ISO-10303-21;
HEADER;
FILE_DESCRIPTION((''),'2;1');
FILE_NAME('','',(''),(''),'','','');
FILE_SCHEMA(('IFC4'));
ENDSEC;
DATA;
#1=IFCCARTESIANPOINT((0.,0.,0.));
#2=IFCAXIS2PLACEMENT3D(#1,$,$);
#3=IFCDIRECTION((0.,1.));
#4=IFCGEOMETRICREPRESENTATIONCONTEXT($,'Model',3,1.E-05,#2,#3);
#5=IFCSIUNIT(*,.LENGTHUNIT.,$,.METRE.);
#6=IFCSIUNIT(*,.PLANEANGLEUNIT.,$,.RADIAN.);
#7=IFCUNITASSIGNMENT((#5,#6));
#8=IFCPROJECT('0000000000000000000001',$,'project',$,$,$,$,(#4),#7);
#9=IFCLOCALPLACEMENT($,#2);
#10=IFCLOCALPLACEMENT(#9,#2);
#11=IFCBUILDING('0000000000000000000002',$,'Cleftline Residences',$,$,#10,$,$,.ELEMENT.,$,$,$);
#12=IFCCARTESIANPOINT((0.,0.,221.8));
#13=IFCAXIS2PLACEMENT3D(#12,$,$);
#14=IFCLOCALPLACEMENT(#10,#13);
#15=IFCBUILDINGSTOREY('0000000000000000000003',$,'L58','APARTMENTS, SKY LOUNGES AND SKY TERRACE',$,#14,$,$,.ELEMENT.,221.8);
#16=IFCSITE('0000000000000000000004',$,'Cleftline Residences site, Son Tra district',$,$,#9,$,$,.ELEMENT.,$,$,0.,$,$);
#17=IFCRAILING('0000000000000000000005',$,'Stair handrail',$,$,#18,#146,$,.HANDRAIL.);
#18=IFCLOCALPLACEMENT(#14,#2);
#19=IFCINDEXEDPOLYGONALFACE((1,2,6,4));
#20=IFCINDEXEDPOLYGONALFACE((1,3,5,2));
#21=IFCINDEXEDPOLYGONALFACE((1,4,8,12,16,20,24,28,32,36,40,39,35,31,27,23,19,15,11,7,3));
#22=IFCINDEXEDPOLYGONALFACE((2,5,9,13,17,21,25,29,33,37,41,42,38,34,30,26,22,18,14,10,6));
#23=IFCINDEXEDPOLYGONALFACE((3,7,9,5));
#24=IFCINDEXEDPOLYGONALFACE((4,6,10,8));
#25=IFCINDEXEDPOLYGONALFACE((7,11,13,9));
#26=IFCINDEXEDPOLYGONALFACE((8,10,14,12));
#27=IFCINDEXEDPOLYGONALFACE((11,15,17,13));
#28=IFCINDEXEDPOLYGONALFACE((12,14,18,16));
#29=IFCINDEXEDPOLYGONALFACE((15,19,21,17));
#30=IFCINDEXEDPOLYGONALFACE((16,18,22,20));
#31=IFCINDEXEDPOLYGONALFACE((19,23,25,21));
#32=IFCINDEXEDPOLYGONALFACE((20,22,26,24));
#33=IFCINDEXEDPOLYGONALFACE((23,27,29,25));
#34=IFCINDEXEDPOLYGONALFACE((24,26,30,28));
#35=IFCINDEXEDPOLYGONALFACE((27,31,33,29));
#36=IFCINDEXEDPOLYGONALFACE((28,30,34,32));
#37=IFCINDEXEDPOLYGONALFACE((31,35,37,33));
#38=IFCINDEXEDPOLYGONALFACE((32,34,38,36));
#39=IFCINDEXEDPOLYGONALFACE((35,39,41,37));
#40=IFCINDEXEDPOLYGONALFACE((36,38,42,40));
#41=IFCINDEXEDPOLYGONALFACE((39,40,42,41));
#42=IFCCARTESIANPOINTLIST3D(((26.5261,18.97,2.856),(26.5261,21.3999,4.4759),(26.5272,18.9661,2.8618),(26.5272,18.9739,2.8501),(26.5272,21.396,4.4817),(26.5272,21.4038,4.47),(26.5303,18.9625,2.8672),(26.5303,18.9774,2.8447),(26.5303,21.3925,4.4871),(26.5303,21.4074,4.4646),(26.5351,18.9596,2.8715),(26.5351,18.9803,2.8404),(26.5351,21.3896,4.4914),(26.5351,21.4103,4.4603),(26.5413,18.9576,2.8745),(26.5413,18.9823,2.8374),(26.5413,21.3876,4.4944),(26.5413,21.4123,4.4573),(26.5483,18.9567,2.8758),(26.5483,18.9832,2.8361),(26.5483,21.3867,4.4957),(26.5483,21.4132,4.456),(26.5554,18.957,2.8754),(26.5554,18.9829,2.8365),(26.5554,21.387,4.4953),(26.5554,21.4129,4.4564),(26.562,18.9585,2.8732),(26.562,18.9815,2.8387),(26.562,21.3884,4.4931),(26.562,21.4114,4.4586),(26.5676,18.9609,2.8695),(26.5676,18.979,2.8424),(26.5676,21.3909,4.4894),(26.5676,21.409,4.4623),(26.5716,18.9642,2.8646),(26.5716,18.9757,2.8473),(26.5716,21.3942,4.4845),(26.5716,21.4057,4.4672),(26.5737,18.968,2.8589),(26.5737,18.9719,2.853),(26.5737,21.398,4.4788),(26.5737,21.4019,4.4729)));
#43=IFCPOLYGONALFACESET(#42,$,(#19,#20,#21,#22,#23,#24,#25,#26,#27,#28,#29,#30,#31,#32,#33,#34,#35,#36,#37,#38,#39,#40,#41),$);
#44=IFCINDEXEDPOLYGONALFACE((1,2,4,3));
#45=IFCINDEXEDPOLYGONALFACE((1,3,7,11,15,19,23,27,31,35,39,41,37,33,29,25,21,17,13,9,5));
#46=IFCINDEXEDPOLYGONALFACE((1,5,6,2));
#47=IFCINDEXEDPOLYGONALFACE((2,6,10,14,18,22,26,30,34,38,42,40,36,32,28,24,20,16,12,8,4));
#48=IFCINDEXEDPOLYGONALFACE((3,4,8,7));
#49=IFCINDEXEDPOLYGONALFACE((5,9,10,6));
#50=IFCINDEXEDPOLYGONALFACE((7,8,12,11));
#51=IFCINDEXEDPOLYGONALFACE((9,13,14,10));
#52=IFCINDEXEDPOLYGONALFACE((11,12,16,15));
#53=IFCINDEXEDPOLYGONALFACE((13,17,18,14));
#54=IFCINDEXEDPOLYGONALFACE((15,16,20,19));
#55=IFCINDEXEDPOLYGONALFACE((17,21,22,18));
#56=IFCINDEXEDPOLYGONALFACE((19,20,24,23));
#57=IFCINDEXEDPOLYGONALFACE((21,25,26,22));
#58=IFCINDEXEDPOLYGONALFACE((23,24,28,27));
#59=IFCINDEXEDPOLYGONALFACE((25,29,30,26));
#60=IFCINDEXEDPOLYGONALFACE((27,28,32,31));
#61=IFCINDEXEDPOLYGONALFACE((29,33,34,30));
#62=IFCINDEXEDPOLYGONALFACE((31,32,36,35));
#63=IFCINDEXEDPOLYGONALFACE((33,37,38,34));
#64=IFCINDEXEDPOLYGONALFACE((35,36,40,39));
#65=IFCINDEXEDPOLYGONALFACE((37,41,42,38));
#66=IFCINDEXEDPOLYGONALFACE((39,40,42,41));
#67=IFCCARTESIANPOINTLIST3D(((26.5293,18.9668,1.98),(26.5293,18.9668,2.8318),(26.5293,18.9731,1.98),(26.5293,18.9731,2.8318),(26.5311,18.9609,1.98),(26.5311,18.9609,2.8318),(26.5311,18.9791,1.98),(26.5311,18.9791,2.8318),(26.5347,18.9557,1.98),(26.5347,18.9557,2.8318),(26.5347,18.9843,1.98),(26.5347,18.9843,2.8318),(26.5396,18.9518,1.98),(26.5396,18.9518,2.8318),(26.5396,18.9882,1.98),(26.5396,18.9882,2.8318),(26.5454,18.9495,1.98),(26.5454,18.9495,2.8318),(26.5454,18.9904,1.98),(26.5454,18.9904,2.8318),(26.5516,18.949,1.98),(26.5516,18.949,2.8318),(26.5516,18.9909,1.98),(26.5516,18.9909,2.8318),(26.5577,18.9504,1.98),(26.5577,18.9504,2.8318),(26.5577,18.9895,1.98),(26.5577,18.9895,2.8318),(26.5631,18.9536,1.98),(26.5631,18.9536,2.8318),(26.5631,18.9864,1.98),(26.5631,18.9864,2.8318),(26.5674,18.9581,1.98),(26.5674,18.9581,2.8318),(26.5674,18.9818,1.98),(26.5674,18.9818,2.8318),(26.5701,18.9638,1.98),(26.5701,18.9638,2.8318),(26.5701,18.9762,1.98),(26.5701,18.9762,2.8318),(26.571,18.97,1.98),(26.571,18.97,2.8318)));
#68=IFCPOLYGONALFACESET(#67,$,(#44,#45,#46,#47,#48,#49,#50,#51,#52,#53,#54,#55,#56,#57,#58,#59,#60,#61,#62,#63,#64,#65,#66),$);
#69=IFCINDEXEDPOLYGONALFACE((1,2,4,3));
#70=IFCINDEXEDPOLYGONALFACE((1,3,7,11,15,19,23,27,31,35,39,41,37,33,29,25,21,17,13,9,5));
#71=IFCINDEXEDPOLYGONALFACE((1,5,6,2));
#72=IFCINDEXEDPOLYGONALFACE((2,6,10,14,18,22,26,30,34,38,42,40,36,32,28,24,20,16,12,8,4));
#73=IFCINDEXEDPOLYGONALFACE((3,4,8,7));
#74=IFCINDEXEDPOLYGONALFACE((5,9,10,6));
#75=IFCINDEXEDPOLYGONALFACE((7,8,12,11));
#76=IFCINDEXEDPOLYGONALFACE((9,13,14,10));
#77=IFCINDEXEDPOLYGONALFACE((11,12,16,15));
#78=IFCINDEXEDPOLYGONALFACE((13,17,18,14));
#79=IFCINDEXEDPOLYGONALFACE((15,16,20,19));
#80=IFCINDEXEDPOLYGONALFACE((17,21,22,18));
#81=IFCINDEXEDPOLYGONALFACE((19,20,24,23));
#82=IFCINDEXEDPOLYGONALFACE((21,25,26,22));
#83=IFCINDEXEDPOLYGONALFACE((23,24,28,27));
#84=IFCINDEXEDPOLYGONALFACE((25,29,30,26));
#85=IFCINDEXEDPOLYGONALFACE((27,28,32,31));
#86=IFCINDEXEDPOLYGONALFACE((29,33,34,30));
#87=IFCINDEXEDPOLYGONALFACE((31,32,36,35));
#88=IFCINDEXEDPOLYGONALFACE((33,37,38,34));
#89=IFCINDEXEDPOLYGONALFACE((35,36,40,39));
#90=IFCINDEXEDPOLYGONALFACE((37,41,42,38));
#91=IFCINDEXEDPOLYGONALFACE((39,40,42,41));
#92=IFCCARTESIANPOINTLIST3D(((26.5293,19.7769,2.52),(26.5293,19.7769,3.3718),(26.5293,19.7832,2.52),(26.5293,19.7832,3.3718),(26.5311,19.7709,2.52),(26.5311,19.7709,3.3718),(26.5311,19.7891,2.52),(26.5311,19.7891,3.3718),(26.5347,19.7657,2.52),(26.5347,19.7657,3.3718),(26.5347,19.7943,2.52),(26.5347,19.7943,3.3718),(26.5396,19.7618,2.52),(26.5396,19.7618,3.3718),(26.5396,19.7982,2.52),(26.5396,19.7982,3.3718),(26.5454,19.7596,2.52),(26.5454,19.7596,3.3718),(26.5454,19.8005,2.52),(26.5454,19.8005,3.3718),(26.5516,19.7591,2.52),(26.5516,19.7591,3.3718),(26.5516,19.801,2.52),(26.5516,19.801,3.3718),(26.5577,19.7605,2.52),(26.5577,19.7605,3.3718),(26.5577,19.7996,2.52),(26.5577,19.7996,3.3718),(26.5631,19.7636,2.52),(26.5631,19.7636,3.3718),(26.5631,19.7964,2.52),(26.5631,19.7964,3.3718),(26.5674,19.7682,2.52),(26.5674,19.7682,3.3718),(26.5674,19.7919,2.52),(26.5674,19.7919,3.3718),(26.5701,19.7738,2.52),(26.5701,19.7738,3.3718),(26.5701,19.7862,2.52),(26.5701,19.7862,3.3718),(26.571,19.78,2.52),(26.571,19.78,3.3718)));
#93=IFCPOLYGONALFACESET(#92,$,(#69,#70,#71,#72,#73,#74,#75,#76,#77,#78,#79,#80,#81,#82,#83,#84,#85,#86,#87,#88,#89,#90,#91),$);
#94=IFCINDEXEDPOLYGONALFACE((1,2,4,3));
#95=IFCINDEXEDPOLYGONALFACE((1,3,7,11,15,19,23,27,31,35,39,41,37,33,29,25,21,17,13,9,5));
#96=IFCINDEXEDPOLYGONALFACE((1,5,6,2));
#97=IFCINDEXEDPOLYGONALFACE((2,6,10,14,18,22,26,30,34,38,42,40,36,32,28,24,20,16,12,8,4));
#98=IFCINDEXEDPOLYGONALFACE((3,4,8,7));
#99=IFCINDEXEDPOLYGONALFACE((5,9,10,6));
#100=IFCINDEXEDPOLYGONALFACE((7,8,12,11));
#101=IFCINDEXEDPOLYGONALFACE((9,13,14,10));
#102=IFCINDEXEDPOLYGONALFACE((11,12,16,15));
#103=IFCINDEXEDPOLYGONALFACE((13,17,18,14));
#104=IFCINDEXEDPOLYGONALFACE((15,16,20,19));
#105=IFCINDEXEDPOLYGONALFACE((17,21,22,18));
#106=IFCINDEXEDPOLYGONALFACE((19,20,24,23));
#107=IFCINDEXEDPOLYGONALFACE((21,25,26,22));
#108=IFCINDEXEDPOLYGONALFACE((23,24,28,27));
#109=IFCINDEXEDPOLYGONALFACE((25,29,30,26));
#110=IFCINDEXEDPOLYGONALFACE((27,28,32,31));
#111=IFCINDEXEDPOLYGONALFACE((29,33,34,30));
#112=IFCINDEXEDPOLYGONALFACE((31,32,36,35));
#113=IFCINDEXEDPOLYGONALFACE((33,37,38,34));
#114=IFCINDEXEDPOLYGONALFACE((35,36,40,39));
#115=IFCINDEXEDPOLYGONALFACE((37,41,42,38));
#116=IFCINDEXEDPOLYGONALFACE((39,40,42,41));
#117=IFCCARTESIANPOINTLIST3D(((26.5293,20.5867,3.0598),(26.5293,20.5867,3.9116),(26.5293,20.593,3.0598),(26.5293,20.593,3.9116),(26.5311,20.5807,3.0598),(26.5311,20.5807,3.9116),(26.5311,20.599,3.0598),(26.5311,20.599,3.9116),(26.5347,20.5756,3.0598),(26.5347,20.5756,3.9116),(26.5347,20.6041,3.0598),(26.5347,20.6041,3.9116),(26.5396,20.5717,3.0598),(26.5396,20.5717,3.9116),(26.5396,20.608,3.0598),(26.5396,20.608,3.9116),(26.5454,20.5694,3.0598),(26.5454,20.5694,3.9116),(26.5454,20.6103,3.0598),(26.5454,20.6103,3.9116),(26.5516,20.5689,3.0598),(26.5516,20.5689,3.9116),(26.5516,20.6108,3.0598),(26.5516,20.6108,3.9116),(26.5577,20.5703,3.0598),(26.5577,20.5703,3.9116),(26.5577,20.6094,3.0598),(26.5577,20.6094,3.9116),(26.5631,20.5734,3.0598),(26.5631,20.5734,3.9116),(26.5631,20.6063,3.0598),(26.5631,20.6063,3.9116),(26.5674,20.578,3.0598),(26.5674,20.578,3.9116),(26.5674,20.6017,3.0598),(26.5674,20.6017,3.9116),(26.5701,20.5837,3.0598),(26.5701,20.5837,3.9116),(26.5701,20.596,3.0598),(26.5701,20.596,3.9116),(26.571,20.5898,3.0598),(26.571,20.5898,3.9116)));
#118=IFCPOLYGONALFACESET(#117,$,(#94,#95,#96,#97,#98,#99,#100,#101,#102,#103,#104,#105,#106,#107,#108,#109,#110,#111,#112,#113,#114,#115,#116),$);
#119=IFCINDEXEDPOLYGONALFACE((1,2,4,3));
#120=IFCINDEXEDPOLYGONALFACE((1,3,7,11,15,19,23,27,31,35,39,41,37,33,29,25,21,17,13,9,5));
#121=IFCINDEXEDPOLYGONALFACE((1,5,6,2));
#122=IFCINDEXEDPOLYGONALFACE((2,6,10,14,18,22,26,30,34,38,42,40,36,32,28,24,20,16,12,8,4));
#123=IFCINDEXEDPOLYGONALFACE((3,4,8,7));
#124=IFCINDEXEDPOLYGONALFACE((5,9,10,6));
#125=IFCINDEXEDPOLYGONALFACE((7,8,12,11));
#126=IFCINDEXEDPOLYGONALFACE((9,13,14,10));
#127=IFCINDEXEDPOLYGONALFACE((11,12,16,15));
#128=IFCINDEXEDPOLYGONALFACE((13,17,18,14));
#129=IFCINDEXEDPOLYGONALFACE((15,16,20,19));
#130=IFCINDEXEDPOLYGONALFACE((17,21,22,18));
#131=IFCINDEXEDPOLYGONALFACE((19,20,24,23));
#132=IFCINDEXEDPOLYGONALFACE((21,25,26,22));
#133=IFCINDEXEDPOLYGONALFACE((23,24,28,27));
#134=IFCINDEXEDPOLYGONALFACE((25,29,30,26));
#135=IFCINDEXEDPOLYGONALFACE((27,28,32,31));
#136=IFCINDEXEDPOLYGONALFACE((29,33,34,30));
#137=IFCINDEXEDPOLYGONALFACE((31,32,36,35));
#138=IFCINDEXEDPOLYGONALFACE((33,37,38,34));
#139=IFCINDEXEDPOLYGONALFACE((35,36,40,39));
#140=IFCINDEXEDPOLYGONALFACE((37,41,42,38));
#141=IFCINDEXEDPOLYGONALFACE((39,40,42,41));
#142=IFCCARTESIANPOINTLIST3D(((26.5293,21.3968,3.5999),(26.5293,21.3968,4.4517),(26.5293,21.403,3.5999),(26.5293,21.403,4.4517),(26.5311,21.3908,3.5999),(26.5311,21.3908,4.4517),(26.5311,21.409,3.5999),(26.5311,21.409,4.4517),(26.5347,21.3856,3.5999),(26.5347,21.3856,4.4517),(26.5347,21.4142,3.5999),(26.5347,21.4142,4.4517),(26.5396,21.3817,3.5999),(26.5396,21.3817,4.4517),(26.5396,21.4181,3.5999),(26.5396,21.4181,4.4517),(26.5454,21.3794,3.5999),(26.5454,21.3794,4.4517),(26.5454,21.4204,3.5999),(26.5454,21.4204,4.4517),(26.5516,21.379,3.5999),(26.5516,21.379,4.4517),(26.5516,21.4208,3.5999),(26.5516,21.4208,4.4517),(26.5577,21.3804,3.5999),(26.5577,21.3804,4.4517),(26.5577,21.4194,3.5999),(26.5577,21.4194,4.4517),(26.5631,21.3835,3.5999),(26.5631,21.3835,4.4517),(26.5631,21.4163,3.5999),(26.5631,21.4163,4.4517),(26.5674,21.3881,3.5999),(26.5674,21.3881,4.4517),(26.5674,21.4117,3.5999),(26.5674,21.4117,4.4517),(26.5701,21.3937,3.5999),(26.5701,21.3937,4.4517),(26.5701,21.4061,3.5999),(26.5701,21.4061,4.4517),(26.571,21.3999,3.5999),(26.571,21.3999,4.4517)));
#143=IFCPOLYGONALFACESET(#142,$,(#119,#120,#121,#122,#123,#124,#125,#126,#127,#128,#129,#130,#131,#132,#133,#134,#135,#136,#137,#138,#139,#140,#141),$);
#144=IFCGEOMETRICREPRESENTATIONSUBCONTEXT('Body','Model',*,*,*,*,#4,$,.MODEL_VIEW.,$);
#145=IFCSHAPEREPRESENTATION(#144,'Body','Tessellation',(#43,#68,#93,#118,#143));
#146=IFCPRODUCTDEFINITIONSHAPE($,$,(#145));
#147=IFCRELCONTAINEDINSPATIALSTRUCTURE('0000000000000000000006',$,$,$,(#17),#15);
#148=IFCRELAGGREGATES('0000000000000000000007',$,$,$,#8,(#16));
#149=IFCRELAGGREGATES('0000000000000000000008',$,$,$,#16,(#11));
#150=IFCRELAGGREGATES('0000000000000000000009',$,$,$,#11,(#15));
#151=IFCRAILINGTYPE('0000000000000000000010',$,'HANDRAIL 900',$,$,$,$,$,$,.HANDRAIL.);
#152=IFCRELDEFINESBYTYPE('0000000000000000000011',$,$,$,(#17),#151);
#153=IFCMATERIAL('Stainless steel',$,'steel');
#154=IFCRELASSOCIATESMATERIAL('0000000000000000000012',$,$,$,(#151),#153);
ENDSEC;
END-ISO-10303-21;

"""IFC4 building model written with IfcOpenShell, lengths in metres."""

from ifc_helpers import new_model, si_unit, direction, frame, origin, origin_2d, place, context, subcontext, project, spatial, circle, extrude, material, type_object, element, save


model = new_model("IFC4")

# Units and contexts
model_context = context("Model", 3, precision=1e-05, world=origin(), true_north=direction((0.0, 1.0)))
body_context = subcontext(model_context, "Body", "Model", "MODEL_VIEW")
ifc_project = project(units=[si_unit("LENGTHUNIT", "METRE"), si_unit("PLANEANGLEUNIT", "RADIAN")], contexts=[model_context])

# Site, building, storey
site_placement = place(None, origin())
site = spatial("IfcSite", under=ifc_project, at=site_placement, Name="Cleftline Residences site, Son Tra district", CompositionType="ELEMENT", RefElevation=0.0)
building_placement = place(site_placement, origin())
building = spatial("IfcBuilding", under=site, at=building_placement, Name="Cleftline Residences", CompositionType="ELEMENT")
storey_placement = place(building_placement, frame((0.0, 0.0, 221.8)))
storey = spatial("IfcBuildingStorey", under=building, at=storey_placement, Name="L58", Description="APARTMENTS, SKY LOUNGES AND SKY TERRACE", CompositionType="ELEMENT", Elevation=221.8)

# Railing
ifc_material_1 = material(Name="Stainless steel", Category="steel")
railing_type = type_object("IfcRailingType", Name="HANDRAIL 900", PredefinedType="HANDRAIL", material=ifc_material_1)
railing_placement = place(storey_placement, frame((26.55, 18.97, 1.98)))
element("IfcRailing", 1, at=railing_placement, inside=storey, type_object=railing_type, Name="Stair handrail", PredefinedType="HANDRAIL", context=body_context, shape_type="SweptSolid", body=[
    extrude(circle(Radius=0.0239, at=origin_2d()), frame((0.0, 0.0, 0.876), z_axis=(0.0, 0.832063, 0.554681), x_axis=(-1.0, 0.0, 0.0)), (0.0, 0.0, 1.0), 2.9204),
    extrude(circle(Radius=0.021, at=origin_2d()), origin(), (0.0, 0.0, 1.0), 0.8518),
    extrude(circle(Radius=0.021, at=origin_2d()), frame((0.0, 0.8101, 0.54)), (0.0, 0.0, 1.0), 0.8518),
    extrude(circle(Radius=0.021, at=origin_2d()), frame((0.0, 1.6199, 1.0798)), (0.0, 0.0, 1.0), 0.8518),
    extrude(circle(Radius=0.021, at=origin_2d()), frame((0.0, 2.4299, 1.6199)), (0.0, 0.0, 1.0), 0.8518),
])

save(model, "model.ifc")
